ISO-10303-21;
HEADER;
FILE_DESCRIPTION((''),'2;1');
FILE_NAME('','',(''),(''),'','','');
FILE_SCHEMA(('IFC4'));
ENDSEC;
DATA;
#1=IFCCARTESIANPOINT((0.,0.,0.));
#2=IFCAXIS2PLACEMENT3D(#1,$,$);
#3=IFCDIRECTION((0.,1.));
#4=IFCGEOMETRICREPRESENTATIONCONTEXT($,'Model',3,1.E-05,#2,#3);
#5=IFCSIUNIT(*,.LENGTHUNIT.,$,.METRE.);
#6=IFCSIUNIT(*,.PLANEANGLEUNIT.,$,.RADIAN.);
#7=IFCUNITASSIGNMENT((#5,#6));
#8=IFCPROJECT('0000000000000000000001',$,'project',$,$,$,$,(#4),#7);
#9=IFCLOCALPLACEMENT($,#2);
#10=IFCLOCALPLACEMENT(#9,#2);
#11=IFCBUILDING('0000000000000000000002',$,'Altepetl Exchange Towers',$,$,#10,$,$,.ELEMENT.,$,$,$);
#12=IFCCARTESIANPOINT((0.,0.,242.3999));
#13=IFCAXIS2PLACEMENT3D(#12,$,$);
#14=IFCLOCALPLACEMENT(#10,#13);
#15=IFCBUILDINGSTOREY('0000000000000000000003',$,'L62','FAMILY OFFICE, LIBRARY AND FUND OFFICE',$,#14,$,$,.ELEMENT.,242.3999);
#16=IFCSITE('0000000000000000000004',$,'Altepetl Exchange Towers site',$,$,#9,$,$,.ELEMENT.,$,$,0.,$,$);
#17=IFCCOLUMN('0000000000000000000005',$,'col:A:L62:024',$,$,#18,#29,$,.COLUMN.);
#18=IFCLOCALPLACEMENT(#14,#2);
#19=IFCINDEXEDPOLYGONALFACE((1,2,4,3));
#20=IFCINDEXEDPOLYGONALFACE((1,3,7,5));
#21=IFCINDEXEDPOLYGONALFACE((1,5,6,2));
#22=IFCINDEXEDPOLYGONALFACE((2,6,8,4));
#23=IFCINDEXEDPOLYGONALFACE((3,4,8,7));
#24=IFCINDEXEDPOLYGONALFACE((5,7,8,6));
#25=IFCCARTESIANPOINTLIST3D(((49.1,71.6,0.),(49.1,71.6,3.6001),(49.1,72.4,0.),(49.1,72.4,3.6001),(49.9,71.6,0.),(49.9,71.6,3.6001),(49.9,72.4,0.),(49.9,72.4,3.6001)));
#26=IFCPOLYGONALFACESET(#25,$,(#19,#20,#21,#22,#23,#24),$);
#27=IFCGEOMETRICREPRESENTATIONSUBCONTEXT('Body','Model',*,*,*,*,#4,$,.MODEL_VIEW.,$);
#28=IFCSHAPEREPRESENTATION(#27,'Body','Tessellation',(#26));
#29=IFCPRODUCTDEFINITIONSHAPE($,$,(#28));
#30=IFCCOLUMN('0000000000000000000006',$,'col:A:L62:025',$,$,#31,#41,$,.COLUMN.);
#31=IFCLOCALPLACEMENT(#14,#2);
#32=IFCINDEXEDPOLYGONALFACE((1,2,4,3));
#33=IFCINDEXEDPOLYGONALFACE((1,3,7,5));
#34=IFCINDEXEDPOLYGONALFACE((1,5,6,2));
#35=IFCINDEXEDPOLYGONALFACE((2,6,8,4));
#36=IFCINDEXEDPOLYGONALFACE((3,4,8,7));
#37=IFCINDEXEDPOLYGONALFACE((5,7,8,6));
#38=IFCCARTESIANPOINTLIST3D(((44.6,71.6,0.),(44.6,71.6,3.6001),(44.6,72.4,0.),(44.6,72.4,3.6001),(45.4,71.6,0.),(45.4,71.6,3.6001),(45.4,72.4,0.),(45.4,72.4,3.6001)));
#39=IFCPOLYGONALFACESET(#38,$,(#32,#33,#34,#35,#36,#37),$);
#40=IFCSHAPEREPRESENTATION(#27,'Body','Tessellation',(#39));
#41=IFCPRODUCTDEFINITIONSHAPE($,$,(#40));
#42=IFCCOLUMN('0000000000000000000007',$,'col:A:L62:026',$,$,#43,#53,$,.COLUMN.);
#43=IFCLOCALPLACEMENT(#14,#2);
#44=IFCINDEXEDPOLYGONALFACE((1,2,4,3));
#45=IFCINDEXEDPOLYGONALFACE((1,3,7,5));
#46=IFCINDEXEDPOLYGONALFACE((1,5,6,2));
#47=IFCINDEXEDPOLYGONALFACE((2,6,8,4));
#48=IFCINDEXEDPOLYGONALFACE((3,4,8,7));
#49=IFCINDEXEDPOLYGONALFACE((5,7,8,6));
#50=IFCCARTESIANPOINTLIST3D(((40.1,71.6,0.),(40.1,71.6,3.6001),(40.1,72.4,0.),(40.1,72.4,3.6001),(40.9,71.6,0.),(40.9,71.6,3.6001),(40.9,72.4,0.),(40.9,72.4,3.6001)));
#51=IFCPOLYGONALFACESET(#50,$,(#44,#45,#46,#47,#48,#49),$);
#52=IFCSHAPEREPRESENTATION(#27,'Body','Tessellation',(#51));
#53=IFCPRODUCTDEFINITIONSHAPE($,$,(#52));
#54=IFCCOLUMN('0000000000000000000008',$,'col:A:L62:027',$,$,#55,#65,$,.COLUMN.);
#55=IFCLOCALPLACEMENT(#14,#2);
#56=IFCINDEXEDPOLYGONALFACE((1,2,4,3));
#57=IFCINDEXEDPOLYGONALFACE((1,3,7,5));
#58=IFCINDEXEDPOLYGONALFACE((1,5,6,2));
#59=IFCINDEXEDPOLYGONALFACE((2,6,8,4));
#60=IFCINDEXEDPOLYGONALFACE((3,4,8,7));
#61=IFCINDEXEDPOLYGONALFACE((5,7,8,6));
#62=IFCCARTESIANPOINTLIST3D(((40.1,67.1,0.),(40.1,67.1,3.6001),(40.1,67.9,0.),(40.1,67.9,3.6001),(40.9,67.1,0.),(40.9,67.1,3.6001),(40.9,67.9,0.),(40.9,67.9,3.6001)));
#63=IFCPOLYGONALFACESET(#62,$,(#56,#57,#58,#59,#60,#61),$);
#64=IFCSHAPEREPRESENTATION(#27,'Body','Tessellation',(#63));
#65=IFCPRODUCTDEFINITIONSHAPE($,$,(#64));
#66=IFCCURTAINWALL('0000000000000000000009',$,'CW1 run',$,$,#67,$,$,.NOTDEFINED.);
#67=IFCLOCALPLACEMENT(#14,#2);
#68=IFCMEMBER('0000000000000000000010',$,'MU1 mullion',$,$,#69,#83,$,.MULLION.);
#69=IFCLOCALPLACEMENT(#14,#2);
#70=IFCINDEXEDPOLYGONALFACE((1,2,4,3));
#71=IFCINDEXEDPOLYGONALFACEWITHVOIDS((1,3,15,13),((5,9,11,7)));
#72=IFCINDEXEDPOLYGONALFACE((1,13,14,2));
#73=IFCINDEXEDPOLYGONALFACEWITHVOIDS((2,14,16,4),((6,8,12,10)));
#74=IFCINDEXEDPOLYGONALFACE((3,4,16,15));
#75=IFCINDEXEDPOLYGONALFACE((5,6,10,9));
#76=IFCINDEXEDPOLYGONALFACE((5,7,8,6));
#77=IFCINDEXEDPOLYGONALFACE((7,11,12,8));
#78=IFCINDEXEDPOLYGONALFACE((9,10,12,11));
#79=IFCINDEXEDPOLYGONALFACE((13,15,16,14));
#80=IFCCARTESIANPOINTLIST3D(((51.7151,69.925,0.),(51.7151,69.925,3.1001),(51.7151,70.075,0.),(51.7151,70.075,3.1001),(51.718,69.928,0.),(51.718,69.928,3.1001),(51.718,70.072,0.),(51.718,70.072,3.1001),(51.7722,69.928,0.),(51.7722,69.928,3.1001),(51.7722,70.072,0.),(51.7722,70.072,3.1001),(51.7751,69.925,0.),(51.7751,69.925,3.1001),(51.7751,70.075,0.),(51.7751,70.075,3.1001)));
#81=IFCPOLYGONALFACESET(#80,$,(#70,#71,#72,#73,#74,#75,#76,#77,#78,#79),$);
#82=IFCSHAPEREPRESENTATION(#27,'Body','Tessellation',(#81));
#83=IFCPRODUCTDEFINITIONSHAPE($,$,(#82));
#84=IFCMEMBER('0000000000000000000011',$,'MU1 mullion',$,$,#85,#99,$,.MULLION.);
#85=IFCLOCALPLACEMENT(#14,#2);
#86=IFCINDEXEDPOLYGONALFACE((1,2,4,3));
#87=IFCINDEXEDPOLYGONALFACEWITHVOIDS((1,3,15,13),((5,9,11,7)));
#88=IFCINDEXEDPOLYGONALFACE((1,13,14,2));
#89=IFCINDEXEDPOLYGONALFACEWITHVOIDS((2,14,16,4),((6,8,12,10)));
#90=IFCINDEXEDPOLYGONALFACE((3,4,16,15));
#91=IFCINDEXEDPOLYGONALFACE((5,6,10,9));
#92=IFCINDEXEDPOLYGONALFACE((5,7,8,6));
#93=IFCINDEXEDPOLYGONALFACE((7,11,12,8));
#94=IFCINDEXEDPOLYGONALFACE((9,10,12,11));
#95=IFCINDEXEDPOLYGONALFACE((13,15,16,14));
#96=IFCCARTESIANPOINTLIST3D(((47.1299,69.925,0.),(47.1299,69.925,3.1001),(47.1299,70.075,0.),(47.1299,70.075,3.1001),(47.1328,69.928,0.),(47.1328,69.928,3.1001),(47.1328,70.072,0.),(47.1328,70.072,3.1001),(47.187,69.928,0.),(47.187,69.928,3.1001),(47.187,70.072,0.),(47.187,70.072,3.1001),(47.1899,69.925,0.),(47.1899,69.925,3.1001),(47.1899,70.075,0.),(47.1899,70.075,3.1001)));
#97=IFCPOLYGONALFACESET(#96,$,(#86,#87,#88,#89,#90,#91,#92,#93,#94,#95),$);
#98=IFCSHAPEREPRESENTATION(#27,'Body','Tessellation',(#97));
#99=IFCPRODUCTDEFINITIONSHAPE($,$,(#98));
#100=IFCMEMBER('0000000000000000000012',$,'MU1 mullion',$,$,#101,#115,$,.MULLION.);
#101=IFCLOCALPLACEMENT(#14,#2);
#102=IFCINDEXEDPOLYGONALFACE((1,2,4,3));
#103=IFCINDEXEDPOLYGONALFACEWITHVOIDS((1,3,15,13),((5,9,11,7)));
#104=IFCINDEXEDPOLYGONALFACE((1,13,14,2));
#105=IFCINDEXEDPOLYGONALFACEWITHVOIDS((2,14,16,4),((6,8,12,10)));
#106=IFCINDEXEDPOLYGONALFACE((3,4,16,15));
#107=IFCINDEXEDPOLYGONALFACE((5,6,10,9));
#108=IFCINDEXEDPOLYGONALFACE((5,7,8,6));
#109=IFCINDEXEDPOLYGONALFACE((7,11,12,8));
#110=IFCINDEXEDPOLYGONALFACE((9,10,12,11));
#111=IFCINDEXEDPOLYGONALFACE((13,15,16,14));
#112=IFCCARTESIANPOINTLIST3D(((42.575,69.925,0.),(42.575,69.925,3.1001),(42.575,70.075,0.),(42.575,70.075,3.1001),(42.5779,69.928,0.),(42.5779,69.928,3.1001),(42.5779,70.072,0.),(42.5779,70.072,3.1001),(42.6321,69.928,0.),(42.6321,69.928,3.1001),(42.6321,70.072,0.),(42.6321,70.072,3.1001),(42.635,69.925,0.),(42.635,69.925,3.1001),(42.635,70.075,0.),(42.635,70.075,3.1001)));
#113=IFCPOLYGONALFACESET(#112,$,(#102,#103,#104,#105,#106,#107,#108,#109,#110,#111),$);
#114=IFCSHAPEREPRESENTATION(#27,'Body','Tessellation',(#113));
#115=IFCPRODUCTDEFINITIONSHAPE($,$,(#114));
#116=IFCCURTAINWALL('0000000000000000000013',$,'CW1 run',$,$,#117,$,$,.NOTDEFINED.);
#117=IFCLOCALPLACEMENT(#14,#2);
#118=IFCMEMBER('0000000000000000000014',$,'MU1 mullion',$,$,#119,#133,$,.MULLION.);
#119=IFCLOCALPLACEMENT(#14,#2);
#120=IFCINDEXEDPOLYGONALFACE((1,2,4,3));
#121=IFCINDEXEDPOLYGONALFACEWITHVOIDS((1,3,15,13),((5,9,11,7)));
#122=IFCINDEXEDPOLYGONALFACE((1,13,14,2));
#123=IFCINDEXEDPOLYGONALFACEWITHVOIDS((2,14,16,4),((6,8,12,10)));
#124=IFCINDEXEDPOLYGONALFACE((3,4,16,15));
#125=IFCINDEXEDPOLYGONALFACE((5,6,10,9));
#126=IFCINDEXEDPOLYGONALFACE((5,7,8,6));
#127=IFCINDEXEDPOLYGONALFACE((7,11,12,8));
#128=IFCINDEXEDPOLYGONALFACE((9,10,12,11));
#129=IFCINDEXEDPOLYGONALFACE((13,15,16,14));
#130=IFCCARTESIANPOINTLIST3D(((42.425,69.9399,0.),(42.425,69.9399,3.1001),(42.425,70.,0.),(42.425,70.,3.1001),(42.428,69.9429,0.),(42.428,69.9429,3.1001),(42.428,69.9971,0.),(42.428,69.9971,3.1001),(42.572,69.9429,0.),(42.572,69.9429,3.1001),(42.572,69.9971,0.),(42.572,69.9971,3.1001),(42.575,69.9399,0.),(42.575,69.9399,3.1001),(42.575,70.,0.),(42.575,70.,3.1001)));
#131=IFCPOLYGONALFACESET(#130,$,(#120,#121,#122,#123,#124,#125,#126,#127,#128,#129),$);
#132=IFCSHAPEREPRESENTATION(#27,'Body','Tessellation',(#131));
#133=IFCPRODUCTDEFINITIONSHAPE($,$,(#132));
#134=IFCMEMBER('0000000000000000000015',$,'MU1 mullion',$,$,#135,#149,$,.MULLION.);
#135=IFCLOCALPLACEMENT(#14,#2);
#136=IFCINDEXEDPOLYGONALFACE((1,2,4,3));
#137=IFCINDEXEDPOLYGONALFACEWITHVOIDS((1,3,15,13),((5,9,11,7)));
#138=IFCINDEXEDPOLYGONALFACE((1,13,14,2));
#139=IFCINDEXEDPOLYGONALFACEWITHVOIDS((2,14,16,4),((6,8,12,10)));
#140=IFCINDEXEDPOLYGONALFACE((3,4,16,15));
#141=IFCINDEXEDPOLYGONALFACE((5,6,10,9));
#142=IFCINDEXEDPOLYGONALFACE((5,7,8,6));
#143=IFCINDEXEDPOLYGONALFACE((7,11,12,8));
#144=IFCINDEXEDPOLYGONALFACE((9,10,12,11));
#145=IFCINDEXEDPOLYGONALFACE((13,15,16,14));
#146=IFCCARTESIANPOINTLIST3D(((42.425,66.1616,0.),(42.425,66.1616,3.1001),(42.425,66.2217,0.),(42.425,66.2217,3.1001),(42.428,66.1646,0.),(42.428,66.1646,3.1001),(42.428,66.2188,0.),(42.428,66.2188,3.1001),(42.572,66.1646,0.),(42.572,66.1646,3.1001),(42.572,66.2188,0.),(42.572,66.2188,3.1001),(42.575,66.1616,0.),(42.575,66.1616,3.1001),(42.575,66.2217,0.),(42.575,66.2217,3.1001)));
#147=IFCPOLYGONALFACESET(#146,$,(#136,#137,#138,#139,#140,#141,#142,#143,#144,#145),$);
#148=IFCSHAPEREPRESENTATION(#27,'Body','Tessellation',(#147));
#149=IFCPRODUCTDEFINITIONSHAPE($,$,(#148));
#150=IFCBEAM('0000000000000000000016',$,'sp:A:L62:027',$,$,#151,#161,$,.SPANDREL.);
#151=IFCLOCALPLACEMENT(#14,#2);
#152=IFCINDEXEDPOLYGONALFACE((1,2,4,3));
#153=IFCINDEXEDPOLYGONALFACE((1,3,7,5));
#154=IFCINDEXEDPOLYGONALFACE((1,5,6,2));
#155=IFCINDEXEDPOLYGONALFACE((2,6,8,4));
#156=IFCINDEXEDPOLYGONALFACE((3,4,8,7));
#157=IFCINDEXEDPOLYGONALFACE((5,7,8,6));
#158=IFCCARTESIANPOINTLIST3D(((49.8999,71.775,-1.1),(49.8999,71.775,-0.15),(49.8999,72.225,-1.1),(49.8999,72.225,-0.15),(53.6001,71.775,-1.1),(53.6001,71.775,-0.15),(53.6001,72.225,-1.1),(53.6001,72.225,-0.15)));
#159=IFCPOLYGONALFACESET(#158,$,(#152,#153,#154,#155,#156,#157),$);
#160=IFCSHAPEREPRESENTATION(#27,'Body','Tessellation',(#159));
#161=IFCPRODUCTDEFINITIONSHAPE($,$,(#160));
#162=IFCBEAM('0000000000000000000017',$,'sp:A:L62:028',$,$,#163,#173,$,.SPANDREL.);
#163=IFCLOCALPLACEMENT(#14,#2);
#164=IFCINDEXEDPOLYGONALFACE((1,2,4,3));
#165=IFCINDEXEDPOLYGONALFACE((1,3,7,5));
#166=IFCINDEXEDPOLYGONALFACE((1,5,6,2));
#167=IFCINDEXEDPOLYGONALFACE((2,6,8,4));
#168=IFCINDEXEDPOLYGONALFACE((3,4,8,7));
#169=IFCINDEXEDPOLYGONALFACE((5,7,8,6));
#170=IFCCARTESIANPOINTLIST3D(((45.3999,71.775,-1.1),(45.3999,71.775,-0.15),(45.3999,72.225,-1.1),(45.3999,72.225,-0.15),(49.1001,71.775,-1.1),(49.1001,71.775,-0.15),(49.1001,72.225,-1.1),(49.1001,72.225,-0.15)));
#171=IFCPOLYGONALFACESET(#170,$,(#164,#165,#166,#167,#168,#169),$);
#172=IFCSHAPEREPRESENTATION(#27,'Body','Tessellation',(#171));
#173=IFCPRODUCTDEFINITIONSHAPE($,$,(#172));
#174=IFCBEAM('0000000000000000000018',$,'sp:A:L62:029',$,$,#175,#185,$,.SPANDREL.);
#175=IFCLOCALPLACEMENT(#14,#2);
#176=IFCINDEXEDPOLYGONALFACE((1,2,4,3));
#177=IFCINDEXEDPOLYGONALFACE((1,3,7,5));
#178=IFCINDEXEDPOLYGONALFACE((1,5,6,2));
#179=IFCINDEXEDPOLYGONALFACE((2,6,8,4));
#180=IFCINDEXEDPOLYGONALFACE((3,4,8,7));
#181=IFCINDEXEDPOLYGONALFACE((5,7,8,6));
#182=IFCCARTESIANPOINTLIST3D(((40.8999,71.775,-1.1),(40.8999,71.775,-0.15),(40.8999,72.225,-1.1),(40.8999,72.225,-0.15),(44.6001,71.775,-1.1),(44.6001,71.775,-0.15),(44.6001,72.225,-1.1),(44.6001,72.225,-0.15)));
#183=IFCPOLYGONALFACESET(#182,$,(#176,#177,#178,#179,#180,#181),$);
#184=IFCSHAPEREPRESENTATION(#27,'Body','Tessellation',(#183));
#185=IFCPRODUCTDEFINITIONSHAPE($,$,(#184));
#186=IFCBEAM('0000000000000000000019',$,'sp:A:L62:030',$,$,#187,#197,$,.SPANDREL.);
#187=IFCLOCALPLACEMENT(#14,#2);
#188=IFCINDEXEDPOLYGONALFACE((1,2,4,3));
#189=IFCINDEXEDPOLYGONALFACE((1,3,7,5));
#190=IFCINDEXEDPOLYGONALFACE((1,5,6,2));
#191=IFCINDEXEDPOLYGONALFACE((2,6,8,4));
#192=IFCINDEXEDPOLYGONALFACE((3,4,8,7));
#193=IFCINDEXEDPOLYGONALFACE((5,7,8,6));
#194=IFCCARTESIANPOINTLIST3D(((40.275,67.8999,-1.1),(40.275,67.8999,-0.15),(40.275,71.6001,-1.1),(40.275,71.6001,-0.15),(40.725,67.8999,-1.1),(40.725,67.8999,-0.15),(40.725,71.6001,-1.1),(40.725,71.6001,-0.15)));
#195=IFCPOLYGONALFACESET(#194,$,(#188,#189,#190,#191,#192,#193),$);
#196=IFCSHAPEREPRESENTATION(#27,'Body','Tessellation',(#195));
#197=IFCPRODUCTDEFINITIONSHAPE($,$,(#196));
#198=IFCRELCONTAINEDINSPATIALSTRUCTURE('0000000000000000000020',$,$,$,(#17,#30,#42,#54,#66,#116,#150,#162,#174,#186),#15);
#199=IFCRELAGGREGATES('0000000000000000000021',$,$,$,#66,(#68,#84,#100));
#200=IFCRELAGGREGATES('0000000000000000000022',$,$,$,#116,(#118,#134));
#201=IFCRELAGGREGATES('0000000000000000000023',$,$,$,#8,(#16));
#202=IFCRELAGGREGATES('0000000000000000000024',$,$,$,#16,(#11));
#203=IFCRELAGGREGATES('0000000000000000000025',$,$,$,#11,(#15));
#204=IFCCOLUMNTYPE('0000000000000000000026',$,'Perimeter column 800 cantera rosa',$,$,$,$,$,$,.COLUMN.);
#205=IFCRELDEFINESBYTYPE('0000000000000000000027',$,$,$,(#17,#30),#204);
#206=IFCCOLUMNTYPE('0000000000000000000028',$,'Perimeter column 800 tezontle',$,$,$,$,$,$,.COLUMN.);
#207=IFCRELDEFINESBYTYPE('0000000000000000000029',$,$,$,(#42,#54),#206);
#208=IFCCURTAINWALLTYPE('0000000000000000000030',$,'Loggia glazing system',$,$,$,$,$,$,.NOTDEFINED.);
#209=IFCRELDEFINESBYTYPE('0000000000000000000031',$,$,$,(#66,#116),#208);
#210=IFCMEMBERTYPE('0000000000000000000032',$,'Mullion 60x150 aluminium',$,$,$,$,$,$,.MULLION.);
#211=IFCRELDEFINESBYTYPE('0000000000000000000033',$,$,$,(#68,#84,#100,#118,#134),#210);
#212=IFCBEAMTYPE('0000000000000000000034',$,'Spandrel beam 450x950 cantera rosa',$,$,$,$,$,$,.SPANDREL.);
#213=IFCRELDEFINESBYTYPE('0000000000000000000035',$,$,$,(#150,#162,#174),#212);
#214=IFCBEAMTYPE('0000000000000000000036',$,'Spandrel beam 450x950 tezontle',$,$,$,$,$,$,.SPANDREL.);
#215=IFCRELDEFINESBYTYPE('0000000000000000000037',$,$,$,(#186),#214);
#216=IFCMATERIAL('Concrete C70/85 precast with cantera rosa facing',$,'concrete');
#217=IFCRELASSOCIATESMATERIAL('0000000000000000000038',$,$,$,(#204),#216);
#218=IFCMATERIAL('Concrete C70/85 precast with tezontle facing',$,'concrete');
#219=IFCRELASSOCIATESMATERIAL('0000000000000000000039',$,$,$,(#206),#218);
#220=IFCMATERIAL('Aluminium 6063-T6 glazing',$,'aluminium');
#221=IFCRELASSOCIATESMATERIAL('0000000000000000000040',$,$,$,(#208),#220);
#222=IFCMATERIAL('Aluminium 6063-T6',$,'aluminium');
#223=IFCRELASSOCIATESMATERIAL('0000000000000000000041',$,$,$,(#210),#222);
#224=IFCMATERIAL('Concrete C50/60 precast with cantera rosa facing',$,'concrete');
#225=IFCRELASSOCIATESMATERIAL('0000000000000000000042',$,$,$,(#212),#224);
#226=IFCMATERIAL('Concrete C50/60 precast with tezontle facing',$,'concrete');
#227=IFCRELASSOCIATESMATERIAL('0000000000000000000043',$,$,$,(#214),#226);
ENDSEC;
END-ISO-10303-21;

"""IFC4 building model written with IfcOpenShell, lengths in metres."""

from ifc_helpers import new_model, si_unit, direction, frame, origin, origin_2d, place, context, subcontext, project, spatial, rectangle, hollow_rectangle, extrude, material, material_profile, profile_set, type_object, element, aggregate, save


model = new_model("IFC4")

# Units and contexts
model_context = context("Model", 3, precision=1e-05, world=origin(), true_north=direction((0.0, 1.0)))
body_context = subcontext(model_context, "Body", "Model", "MODEL_VIEW")
ifc_project = project(units=[si_unit("LENGTHUNIT", "METRE"), si_unit("PLANEANGLEUNIT", "RADIAN")], contexts=[model_context])

# Site, building, storey
site_placement = place(None, origin())
site = spatial("IfcSite", under=ifc_project, at=site_placement, Name="Altepetl Exchange Towers site", CompositionType="ELEMENT", RefElevation=0.0)
building_placement = place(site_placement, origin())
building = spatial("IfcBuilding", under=site, at=building_placement, Name="Altepetl Exchange Towers", CompositionType="ELEMENT")
storey_placement = place(building_placement, frame((0.0, 0.0, 242.3999)))
storey = spatial("IfcBuildingStorey", under=building, at=storey_placement, Name="L62", Description="FAMILY OFFICE, LIBRARY AND FUND OFFICE", CompositionType="ELEMENT", Elevation=242.3999)

# Columns
ifc_material_1 = material(Name="Concrete C70/85 precast with cantera rosa facing", Category="concrete")
ifc_material_profile_1 = material_profile(ifc_material_1, rectangle(XDim=0.8, YDim=0.8, at=origin_2d()), Name="800 x 800")
ifc_profile_set_1 = profile_set([ifc_material_profile_1], Name="Concrete C70/85 precast with cantera rosa facing")
column_type_1 = type_object("IfcColumnType", Name="Perimeter column 800 cantera rosa", PredefinedType="COLUMN", material=ifc_profile_set_1)
for number, where, name in (
    (1, (49.5, 72.0, 0.0), "col:A:L62:024"),
    (2, (45.0, 72.0, 0.0), "col:A:L62:025"),
):
    element("IfcColumn", number, at=place(storey_placement, frame(where)), inside=storey, type_object=column_type_1, Name=name, PredefinedType="COLUMN", context=body_context, shape_type="SweptSolid", body=[
        extrude(rectangle(XDim=0.8, YDim=0.8, at=origin_2d()), origin(), (0.0, 0.0, 1.0), 3.6001),
    ])
ifc_material_2 = material(Name="Concrete C70/85 precast with tezontle facing", Category="concrete")
ifc_material_profile_2 = material_profile(ifc_material_2, rectangle(XDim=0.8, YDim=0.8, at=origin_2d()), Name="800 x 800")
ifc_profile_set_2 = profile_set([ifc_material_profile_2], Name="Concrete C70/85 precast with tezontle facing")
column_type_2 = type_object("IfcColumnType", Name="Perimeter column 800 tezontle", PredefinedType="COLUMN", material=ifc_profile_set_2)
for number, where, name in (
    (3, (40.5, 72.0, 0.0), "col:A:L62:026"),
    (4, (40.5, 67.5, 0.0), "col:A:L62:027"),
):
    element("IfcColumn", number, at=place(storey_placement, frame(where)), inside=storey, type_object=column_type_2, Name=name, PredefinedType="COLUMN", context=body_context, shape_type="SweptSolid", body=[
        extrude(rectangle(XDim=0.8, YDim=0.8, at=origin_2d()), origin(), (0.0, 0.0, 1.0), 3.6001),
    ])

# Curtain walls, members
ifc_material_3 = material(Name="Aluminium 6063-T6 glazing", Category="aluminium")
curtain_wall_type = type_object("IfcCurtainWallType", Name="Loggia glazing system", PredefinedType="NOTDEFINED", material=ifc_material_3)
curtain_wall_1_placement = place(storey_placement, origin())
curtain_wall_1 = element("IfcCurtainWall", 5, at=curtain_wall_1_placement, inside=storey, type_object=curtain_wall_type, Name="CW1 run", PredefinedType="NOTDEFINED")
ifc_material_4 = material(Name="Aluminium 6063-T6", Category="aluminium")
ifc_material_profile_3 = material_profile(ifc_material_4, hollow_rectangle(XDim=0.0601, YDim=0.1499, WallThickness=0.0029, at=origin_2d()), Name="Mullion 60x150 aluminium")
ifc_profile_set_3 = profile_set([ifc_material_profile_3], Name="Aluminium 6063-T6")
member_type = type_object("IfcMemberType", Name="Mullion 60x150 aluminium", PredefinedType="MULLION", material=ifc_profile_set_3)
member_1_placement = place(storey_placement, frame((51.7451, 70.0, 0.0), z_axis=(0.0, 0.0, 1.0), x_axis=(-1.0, 0.0, 0.0)))
member_1 = element("IfcMember", 6, at=member_1_placement, type_object=member_type, Name="MU1 mullion", PredefinedType="MULLION", context=body_context, shape_type="SweptSolid", body=[
    extrude(hollow_rectangle(XDim=0.0601, YDim=0.1499, WallThickness=0.0029, at=origin_2d()), origin(), (0.0, 0.0, 1.0), 3.1001),
])
member_2_placement = place(storey_placement, frame((47.1599, 70.0, 0.0), z_axis=(0.0, 0.0, 1.0), x_axis=(-1.0, 0.0, 0.0)))
member_2 = element("IfcMember", 7, at=member_2_placement, type_object=member_type, Name="MU1 mullion", PredefinedType="MULLION", context=body_context, shape_type="SweptSolid", body=[
    extrude(hollow_rectangle(XDim=0.0601, YDim=0.1499, WallThickness=0.0029, at=origin_2d()), origin(), (0.0, 0.0, 1.0), 3.1001),
])
member_3_placement = place(storey_placement, frame((42.605, 70.0, 0.0), z_axis=(0.0, 0.0, 1.0), x_axis=(-1.0, 0.0, 0.0)))
member_3 = element("IfcMember", 8, at=member_3_placement, type_object=member_type, Name="MU1 mullion", PredefinedType="MULLION", context=body_context, shape_type="SweptSolid", body=[
    extrude(hollow_rectangle(XDim=0.0601, YDim=0.1499, WallThickness=0.0029, at=origin_2d()), origin(), (0.0, 0.0, 1.0), 3.1001),
])
curtain_wall_2_placement = place(storey_placement, origin())
curtain_wall_2 = element("IfcCurtainWall", 9, at=curtain_wall_2_placement, inside=storey, type_object=curtain_wall_type, Name="CW1 run", PredefinedType="NOTDEFINED")
member_4_placement = place(storey_placement, frame((42.5, 69.97, 0.0), z_axis=(0.0, 0.0, 1.0), x_axis=(0.0, -1.0, 0.0)))
member_4 = element("IfcMember", 10, at=member_4_placement, type_object=member_type, Name="MU1 mullion", PredefinedType="MULLION", context=body_context, shape_type="SweptSolid", body=[
    extrude(hollow_rectangle(XDim=0.0601, YDim=0.1499, WallThickness=0.0029, at=origin_2d()), origin(), (0.0, 0.0, 1.0), 3.1001),
])
member_5_placement = place(storey_placement, frame((42.5, 66.1917, 0.0), z_axis=(0.0, 0.0, 1.0), x_axis=(0.0, -1.0, 0.0)))
member_5 = element("IfcMember", 11, at=member_5_placement, type_object=member_type, Name="MU1 mullion", PredefinedType="MULLION", context=body_context, shape_type="SweptSolid", body=[
    extrude(hollow_rectangle(XDim=0.0601, YDim=0.1499, WallThickness=0.0029, at=origin_2d()), origin(), (0.0, 0.0, 1.0), 3.1001),
])

# Beams
ifc_material_5 = material(Name="Concrete C50/60 precast with cantera rosa facing", Category="concrete")
ifc_material_profile_4 = material_profile(ifc_material_5, rectangle(XDim=0.45, YDim=0.95, at=origin_2d()), Name="450 x 950")
ifc_profile_set_4 = profile_set([ifc_material_profile_4], Name="Concrete C50/60 precast with cantera rosa facing")
beam_type_1 = type_object("IfcBeamType", Name="Spandrel beam 450x950 cantera rosa", PredefinedType="SPANDREL", material=ifc_profile_set_4)
for number, where, z_axis, x_axis, name in (
    (12, (53.6001, 72.0, -0.625), (-1.0, 0.0, 0.0), (0.0, -1.0, 0.0), "sp:A:L62:027"),
    (13, (49.1001, 72.0, -0.625), (-1.0, 0.0, 0.0), (0.0, -1.0, 0.0), "sp:A:L62:028"),
    (14, (44.6001, 72.0, -0.625), (-1.0, 0.0, 0.0), (0.0, -1.0, 0.0), "sp:A:L62:029"),
):
    element("IfcBeam", number, at=place(storey_placement, frame(where, z_axis=z_axis, x_axis=x_axis)), inside=storey, type_object=beam_type_1, Name=name, PredefinedType="SPANDREL", context=body_context, shape_type="SweptSolid", body=[
        extrude(rectangle(XDim=0.45, YDim=0.95, at=origin_2d()), origin(), (0.0, 0.0, 1.0), 3.7002),
    ])
ifc_material_6 = material(Name="Concrete C50/60 precast with tezontle facing", Category="concrete")
ifc_material_profile_5 = material_profile(ifc_material_6, rectangle(XDim=0.45, YDim=0.95, at=origin_2d()), Name="450 x 950")
ifc_profile_set_5 = profile_set([ifc_material_profile_5], Name="Concrete C50/60 precast with tezontle facing")
beam_type_2 = type_object("IfcBeamType", Name="Spandrel beam 450x950 tezontle", PredefinedType="SPANDREL", material=ifc_profile_set_5)
for number, where, z_axis, x_axis, name in (
    (15, (40.5, 71.6001, -0.625), (0.0, -1.0, 0.0), (1.0, 0.0, 0.0), "sp:A:L62:030"),
):
    element("IfcBeam", number, at=place(storey_placement, frame(where, z_axis=z_axis, x_axis=x_axis)), inside=storey, type_object=beam_type_2, Name=name, PredefinedType="SPANDREL", context=body_context, shape_type="SweptSolid", body=[
        extrude(rectangle(XDim=0.45, YDim=0.95, at=origin_2d()), origin(), (0.0, 0.0, 1.0), 3.7002),
    ])

aggregate(curtain_wall_1, [member_1, member_2, member_3])
aggregate(curtain_wall_2, [member_4, member_5])

save(model, "model.ifc")
